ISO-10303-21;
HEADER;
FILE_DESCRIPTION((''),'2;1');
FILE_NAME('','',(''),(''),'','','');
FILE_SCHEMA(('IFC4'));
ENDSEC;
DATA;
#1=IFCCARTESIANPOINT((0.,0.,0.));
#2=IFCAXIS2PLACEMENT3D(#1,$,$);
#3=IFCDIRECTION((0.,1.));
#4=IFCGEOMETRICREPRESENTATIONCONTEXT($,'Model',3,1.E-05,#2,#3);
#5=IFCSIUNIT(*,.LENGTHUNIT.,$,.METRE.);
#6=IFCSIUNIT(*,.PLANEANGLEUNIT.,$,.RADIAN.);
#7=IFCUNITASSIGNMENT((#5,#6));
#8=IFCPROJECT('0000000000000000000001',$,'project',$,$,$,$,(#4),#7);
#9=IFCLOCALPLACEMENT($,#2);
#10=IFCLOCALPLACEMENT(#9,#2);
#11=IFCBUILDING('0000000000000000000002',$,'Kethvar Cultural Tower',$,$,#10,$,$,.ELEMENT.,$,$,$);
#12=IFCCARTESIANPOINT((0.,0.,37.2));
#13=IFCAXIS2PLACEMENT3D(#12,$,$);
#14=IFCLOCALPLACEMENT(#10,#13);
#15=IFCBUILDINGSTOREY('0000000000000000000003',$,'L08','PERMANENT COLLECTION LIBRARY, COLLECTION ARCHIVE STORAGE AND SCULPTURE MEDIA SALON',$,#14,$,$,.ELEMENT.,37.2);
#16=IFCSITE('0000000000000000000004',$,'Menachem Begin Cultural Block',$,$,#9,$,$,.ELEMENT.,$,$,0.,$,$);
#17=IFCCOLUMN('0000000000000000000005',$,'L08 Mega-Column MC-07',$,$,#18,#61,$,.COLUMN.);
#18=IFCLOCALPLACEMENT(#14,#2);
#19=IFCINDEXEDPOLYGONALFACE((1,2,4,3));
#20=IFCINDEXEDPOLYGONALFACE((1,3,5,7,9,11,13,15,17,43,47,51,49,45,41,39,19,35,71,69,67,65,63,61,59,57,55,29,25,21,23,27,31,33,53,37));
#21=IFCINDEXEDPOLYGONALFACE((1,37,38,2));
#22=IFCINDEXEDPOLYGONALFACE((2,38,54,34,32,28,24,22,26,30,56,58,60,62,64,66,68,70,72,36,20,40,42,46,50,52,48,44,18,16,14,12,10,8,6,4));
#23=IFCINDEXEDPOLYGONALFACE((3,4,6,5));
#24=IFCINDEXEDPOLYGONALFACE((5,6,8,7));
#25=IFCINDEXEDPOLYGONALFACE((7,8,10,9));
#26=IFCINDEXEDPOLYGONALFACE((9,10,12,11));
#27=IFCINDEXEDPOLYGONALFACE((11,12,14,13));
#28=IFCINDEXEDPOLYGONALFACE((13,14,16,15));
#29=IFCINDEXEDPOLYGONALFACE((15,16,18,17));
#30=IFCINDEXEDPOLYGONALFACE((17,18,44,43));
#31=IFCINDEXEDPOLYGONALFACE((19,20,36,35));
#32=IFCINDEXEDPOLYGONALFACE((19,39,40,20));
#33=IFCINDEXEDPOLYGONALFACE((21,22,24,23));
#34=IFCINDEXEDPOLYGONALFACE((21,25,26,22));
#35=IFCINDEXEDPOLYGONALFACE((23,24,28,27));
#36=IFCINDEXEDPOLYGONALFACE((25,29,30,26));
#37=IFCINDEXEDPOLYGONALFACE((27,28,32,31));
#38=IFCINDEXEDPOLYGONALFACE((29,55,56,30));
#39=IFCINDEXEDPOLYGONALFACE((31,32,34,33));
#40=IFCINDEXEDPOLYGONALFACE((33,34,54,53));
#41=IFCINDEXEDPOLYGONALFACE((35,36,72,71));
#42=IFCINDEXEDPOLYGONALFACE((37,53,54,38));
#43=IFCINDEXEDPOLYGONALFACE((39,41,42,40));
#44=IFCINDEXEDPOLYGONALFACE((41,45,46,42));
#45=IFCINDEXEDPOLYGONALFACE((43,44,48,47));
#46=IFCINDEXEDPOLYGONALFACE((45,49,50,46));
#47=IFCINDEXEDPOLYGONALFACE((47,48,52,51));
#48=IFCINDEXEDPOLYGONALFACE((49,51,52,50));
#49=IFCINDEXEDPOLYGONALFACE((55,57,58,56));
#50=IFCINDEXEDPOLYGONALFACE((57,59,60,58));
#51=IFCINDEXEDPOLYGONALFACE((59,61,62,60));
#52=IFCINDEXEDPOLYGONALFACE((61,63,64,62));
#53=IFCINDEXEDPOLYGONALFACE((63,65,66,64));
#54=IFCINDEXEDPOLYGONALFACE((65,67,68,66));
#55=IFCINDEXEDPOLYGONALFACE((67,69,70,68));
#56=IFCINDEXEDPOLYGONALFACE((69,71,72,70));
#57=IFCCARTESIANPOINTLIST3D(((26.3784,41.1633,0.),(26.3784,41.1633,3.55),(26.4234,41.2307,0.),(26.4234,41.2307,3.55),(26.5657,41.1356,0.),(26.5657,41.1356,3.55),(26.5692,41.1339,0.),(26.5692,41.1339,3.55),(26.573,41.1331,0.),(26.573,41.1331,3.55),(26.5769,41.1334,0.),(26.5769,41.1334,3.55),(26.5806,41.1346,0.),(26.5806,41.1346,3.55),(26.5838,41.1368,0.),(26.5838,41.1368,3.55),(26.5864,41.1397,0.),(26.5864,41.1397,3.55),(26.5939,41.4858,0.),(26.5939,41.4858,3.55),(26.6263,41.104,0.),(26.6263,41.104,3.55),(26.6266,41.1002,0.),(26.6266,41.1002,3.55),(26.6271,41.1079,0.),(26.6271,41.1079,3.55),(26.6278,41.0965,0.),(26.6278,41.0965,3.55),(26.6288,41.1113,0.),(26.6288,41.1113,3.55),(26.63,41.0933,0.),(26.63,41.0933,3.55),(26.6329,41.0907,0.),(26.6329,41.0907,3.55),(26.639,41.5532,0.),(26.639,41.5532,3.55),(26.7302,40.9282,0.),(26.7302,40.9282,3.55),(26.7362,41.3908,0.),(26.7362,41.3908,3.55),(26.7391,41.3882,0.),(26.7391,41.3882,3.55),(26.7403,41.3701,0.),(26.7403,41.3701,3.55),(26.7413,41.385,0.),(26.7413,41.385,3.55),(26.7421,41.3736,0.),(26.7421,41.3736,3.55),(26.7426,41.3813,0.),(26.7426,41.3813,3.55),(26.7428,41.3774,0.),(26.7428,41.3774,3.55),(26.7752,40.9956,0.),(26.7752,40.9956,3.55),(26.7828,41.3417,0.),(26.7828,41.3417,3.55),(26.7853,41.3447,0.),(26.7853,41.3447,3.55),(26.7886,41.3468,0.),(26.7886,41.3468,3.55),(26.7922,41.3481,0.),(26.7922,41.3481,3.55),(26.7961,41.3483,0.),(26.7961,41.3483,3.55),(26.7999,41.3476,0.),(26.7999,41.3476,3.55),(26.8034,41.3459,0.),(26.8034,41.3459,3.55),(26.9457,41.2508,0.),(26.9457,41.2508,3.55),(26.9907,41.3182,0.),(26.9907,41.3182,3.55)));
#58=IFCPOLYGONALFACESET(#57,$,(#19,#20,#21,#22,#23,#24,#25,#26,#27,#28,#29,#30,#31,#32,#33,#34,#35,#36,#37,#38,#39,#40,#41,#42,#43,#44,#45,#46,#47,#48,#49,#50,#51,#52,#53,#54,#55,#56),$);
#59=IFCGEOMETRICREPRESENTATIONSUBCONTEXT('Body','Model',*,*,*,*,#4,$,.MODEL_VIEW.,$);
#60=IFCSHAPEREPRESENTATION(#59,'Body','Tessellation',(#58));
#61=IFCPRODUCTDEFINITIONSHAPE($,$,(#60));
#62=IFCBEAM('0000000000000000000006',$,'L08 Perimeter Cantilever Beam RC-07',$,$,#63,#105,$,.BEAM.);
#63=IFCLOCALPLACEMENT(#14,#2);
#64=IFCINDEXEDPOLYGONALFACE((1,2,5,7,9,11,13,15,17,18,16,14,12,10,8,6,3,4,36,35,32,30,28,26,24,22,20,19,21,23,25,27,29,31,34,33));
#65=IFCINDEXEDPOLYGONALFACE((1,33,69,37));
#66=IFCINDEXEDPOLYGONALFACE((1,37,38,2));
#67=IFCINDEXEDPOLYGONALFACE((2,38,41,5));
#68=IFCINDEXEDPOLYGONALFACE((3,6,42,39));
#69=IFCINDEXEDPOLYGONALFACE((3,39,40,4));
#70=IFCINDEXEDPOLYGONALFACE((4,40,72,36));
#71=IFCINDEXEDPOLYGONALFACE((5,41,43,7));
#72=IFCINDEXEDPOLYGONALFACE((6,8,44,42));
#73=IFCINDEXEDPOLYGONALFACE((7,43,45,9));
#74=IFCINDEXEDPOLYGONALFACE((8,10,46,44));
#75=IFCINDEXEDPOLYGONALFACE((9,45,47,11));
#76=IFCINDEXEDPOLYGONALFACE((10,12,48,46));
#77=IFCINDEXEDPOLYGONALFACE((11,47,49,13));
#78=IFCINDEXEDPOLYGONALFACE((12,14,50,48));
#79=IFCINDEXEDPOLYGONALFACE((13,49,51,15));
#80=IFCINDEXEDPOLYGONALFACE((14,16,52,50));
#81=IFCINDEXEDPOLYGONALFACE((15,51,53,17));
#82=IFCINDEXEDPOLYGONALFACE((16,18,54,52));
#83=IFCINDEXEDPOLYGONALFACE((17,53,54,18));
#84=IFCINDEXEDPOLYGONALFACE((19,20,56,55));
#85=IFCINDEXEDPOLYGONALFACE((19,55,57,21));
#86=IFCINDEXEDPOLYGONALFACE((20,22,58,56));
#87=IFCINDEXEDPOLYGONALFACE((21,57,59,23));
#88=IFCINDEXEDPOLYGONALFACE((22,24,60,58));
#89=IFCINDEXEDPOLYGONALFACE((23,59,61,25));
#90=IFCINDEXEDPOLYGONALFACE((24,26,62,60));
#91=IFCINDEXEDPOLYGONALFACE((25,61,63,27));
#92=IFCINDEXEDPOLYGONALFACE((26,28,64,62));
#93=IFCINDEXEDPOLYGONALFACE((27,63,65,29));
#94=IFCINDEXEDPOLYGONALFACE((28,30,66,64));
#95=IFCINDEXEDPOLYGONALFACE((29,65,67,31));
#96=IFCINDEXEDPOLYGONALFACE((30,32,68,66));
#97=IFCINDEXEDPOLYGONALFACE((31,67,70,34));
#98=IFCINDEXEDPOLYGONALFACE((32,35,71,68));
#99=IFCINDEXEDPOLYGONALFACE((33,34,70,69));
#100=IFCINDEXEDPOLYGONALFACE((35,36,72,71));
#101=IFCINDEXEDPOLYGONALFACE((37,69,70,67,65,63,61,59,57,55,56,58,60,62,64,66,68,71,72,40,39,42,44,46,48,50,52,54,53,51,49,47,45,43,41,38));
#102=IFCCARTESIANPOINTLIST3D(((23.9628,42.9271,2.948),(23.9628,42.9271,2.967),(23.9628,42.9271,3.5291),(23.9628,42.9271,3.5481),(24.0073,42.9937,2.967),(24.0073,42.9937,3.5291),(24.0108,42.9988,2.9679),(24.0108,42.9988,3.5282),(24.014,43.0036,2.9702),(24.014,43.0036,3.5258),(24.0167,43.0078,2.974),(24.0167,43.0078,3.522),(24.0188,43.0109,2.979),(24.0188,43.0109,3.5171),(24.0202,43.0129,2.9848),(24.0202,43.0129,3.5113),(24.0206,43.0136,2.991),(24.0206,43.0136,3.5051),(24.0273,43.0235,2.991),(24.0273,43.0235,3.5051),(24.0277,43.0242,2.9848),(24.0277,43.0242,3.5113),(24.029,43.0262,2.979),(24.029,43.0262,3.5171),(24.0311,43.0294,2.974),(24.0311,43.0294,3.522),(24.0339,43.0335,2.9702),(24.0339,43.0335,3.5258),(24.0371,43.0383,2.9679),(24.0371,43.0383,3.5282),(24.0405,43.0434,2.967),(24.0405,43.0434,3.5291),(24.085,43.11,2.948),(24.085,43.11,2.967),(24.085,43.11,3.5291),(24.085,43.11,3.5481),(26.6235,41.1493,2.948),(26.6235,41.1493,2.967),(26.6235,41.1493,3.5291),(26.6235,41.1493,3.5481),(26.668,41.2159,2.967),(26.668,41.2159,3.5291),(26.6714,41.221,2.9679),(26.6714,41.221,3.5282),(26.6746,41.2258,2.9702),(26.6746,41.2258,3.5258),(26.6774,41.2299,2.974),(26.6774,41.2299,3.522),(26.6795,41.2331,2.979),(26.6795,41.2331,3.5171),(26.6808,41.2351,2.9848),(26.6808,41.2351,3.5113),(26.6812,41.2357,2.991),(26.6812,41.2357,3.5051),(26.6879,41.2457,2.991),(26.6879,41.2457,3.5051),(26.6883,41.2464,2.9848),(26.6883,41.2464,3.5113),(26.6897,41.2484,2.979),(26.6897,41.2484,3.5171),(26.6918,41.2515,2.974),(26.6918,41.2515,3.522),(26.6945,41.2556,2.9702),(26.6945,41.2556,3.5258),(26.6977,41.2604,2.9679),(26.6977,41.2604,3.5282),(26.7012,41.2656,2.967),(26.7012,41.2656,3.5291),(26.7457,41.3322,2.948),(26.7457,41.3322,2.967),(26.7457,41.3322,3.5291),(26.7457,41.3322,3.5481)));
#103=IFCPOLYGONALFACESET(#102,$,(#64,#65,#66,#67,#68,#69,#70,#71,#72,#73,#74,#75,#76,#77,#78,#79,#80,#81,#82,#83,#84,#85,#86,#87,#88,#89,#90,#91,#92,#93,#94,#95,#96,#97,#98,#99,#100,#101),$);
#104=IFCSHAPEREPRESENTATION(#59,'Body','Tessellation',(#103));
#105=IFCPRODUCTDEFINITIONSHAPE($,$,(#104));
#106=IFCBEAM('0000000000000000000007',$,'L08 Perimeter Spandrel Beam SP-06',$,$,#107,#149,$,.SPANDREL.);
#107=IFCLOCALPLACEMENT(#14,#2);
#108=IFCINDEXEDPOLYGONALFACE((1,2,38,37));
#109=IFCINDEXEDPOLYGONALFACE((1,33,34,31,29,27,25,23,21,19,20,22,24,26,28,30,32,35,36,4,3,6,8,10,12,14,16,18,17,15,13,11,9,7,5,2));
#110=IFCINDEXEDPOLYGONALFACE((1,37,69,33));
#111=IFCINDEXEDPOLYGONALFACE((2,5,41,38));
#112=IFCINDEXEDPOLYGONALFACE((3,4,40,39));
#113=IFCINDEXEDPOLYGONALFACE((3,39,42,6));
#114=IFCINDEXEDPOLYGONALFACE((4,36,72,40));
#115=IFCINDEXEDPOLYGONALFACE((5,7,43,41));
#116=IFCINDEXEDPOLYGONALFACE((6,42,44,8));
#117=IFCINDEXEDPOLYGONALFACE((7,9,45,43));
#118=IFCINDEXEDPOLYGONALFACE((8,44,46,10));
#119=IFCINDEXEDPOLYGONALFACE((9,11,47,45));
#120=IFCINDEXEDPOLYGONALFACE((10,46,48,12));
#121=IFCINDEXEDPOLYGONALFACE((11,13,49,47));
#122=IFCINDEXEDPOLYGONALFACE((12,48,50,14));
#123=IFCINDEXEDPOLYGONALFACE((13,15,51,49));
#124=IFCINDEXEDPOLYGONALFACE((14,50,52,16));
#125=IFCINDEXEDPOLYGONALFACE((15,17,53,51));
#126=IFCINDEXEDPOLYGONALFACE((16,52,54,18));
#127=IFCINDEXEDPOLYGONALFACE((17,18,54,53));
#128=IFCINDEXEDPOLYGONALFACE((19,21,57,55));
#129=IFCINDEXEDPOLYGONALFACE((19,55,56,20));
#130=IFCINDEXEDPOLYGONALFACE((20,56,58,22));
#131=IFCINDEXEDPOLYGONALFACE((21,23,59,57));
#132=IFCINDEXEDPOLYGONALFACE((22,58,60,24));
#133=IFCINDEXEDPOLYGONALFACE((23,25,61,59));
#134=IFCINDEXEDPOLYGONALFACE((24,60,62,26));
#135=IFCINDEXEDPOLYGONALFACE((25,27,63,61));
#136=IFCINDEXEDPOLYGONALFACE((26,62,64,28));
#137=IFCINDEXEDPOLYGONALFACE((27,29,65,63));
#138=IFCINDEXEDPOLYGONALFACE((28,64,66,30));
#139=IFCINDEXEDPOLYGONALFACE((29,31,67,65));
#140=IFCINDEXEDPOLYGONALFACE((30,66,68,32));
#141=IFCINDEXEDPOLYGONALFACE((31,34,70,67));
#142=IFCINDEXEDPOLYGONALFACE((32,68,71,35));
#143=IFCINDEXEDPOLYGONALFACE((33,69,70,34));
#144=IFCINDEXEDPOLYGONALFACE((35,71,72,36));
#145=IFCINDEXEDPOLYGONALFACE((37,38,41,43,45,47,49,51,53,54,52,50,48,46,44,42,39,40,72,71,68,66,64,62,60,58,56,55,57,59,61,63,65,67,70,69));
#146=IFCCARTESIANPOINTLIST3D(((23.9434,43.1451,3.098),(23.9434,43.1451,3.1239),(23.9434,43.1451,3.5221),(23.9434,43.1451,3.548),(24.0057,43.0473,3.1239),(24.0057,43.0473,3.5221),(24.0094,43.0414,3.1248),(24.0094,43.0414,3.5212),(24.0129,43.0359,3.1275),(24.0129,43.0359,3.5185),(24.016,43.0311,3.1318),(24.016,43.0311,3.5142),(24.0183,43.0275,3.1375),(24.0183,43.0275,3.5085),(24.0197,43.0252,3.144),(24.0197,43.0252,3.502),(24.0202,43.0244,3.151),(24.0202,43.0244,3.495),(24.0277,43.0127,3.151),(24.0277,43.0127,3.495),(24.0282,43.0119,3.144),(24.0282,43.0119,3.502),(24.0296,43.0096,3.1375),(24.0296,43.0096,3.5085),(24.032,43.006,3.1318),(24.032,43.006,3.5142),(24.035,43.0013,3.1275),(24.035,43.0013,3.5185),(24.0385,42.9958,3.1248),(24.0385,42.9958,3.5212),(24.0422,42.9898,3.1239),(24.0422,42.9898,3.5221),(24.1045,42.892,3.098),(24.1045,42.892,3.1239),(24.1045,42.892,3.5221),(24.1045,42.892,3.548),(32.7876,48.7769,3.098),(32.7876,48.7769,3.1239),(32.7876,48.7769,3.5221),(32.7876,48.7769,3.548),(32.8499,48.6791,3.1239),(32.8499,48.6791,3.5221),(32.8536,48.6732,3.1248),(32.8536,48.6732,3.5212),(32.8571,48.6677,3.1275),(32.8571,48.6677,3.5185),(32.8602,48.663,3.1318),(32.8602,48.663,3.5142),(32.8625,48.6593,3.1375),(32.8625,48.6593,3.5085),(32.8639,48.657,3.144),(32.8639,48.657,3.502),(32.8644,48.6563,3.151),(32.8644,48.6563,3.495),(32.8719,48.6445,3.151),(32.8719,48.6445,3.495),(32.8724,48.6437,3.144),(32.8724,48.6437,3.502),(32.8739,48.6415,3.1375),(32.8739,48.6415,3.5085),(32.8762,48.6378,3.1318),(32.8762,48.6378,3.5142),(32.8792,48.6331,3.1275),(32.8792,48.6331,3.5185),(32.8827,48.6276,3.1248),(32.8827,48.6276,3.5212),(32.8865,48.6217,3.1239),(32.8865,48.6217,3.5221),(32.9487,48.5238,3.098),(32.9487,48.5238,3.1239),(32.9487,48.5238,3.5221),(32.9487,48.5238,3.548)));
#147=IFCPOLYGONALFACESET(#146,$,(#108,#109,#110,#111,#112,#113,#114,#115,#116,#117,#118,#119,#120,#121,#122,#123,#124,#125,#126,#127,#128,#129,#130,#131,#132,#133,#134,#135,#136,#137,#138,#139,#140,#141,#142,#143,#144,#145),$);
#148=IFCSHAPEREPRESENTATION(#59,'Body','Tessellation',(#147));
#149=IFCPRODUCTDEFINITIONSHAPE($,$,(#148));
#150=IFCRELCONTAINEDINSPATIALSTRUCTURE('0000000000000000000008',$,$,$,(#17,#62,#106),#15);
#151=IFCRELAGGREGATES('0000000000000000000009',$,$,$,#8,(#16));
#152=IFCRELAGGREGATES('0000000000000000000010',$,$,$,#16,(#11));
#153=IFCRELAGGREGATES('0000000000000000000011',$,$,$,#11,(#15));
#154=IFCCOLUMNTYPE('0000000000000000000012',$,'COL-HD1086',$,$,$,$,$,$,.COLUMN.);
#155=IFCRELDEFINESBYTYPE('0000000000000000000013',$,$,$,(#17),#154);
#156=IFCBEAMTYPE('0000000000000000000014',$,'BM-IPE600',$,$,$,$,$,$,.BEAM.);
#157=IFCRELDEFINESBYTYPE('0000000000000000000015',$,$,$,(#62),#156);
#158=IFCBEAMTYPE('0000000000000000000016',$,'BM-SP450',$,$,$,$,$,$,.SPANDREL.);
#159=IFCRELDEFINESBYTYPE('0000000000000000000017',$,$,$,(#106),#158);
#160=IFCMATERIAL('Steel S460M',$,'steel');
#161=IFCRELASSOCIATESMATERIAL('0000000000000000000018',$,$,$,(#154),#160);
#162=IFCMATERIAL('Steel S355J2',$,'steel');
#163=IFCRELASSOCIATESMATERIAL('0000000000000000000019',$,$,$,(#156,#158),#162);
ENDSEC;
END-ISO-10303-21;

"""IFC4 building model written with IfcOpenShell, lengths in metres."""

from ifc_helpers import new_model, si_unit, direction, frame, origin, origin_2d, place, context, subcontext, project, spatial, i_section, extrude, source, transform, mapped, material, material_profile, profile_set, type_object, element, save


model = new_model("IFC4")

# Units and contexts
model_context = context("Model", 3, precision=1e-05, world=origin(), true_north=direction((0.0, 1.0)))
body_context = subcontext(model_context, "Body", "Model", "MODEL_VIEW")
ifc_project = project(units=[si_unit("LENGTHUNIT", "METRE"), si_unit("PLANEANGLEUNIT", "RADIAN")], contexts=[model_context])

# Site, building, storey
site_placement = place(None, origin())
site = spatial("IfcSite", under=ifc_project, at=site_placement, Name="Menachem Begin Cultural Block", CompositionType="ELEMENT", RefElevation=0.0)
building_placement = place(site_placement, origin())
building = spatial("IfcBuilding", under=site, at=building_placement, Name="Kethvar Cultural Tower", CompositionType="ELEMENT")
storey_placement = place(building_placement, frame((0.0, 0.0, 37.2)))
storey = spatial("IfcBuildingStorey", under=building, at=storey_placement, Name="L08", Description="PERMANENT COLLECTION LIBRARY, COLLECTION ARCHIVE STORAGE AND SCULPTURE MEDIA SALON", CompositionType="ELEMENT", Elevation=37.2)

# Column
ifc_material_1 = material(Name="Steel S460M", Category="steel")
ifc_material_profile_1 = material_profile(ifc_material_1, i_section(OverallWidth=0.4231, OverallDepth=0.469, WebThickness=0.051, FlangeThickness=0.0811, FilletRadius=0.0149, at=origin_2d()), Name="Steel S460M — HD400x1086")
ifc_profile_set_1 = profile_set([ifc_material_profile_1], Name="Steel S460M — HD400x1086")
column_type = type_object("IfcColumnType", Name="COL-HD1086", PredefinedType="COLUMN", material=ifc_profile_set_1)
shared_shape_1 = source(origin(), body_context, "Body", "SweptSolid", [
    extrude(i_section(OverallWidth=0.4231, OverallDepth=0.469, WebThickness=0.051, FlangeThickness=0.0811, FilletRadius=0.0149, at=origin_2d()), origin(), (0.0, 0.0, 1.0), 3.55),
])
column_placement = place(storey_placement, frame((26.6846, 41.2407, 0.0), z_axis=(0.0, 0.0, 1.0), x_axis=(-0.83147, 0.55557, 0.0)))
element("IfcColumn", 1, at=column_placement, inside=storey, type_object=column_type, Name="L08 Mega-Column MC-07", PredefinedType="COLUMN", context=body_context, shape_type="MappedRepresentation", body=[
    mapped(shared_shape_1, transform((0.0, 0.0, 0.0), scale=1.0)),
])

# Beams
ifc_material_2 = material(Name="Steel S355J2", Category="steel")
ifc_material_profile_2 = material_profile(ifc_material_2, i_section(OverallWidth=0.22, OverallDepth=0.6001, WebThickness=0.012, FlangeThickness=0.019, FilletRadius=0.0239, at=origin_2d()), Name="Steel S355J2 — IPE600")
ifc_profile_set_2 = profile_set([ifc_material_profile_2], Name="Steel S355J2 — IPE600")
beam_type_1 = type_object("IfcBeamType", Name="BM-IPE600", PredefinedType="BEAM", material=ifc_profile_set_2)
shared_shape_2 = source(origin(), body_context, "Body", "SweptSolid", [
    extrude(i_section(OverallWidth=0.22, OverallDepth=0.6001, WebThickness=0.012, FlangeThickness=0.019, FilletRadius=0.0239, at=origin_2d()), origin(), (0.0, 0.0, 1.0), 3.2),
])
beam_1_placement = place(storey_placement, frame((26.6846, 41.2407, 3.248), z_axis=(-0.831463, 0.55558, 0.0), x_axis=(-0.55558, -0.831463, 0.0)))
element("IfcBeam", 2, at=beam_1_placement, inside=storey, type_object=beam_type_1, Name="L08 Perimeter Cantilever Beam RC-07", PredefinedType="BEAM", context=body_context, shape_type="MappedRepresentation", body=[
    mapped(shared_shape_2, transform((0.0, 0.0, 0.0), scale=1.0)),
])
ifc_material_profile_3 = material_profile(ifc_material_2, i_section(OverallWidth=0.3, OverallDepth=0.45, WebThickness=0.0139, FlangeThickness=0.0259, FilletRadius=0.0271, at=origin_2d()), Name="Steel S355J2 — HEB450")
ifc_profile_set_3 = profile_set([ifc_material_profile_3], Name="Steel S355J2 — HEB450")
beam_type_2 = type_object("IfcBeamType", Name="BM-SP450", PredefinedType="SPANDREL", material=ifc_profile_set_3)
shared_shape_3 = source(origin(), body_context, "Body", "SweptSolid", [
    extrude(i_section(OverallWidth=0.3, OverallDepth=0.45, WebThickness=0.0139, FlangeThickness=0.0259, FilletRadius=0.0271, at=origin_2d()), origin(), (0.0, 0.0, 1.0), 10.4851),
])
beam_2_placement = place(storey_placement, frame((32.8682, 48.6504, 3.323), z_axis=(-0.843502, -0.537126, 0.0), x_axis=(0.537126, -0.843502, 0.0)))
element("IfcBeam", 3, at=beam_2_placement, inside=storey, type_object=beam_type_2, Name="L08 Perimeter Spandrel Beam SP-06", PredefinedType="SPANDREL", context=body_context, shape_type="MappedRepresentation", body=[
    mapped(shared_shape_3, transform((0.0, 0.0, 0.0), scale=1.0)),
])

save(model, "model.ifc")
